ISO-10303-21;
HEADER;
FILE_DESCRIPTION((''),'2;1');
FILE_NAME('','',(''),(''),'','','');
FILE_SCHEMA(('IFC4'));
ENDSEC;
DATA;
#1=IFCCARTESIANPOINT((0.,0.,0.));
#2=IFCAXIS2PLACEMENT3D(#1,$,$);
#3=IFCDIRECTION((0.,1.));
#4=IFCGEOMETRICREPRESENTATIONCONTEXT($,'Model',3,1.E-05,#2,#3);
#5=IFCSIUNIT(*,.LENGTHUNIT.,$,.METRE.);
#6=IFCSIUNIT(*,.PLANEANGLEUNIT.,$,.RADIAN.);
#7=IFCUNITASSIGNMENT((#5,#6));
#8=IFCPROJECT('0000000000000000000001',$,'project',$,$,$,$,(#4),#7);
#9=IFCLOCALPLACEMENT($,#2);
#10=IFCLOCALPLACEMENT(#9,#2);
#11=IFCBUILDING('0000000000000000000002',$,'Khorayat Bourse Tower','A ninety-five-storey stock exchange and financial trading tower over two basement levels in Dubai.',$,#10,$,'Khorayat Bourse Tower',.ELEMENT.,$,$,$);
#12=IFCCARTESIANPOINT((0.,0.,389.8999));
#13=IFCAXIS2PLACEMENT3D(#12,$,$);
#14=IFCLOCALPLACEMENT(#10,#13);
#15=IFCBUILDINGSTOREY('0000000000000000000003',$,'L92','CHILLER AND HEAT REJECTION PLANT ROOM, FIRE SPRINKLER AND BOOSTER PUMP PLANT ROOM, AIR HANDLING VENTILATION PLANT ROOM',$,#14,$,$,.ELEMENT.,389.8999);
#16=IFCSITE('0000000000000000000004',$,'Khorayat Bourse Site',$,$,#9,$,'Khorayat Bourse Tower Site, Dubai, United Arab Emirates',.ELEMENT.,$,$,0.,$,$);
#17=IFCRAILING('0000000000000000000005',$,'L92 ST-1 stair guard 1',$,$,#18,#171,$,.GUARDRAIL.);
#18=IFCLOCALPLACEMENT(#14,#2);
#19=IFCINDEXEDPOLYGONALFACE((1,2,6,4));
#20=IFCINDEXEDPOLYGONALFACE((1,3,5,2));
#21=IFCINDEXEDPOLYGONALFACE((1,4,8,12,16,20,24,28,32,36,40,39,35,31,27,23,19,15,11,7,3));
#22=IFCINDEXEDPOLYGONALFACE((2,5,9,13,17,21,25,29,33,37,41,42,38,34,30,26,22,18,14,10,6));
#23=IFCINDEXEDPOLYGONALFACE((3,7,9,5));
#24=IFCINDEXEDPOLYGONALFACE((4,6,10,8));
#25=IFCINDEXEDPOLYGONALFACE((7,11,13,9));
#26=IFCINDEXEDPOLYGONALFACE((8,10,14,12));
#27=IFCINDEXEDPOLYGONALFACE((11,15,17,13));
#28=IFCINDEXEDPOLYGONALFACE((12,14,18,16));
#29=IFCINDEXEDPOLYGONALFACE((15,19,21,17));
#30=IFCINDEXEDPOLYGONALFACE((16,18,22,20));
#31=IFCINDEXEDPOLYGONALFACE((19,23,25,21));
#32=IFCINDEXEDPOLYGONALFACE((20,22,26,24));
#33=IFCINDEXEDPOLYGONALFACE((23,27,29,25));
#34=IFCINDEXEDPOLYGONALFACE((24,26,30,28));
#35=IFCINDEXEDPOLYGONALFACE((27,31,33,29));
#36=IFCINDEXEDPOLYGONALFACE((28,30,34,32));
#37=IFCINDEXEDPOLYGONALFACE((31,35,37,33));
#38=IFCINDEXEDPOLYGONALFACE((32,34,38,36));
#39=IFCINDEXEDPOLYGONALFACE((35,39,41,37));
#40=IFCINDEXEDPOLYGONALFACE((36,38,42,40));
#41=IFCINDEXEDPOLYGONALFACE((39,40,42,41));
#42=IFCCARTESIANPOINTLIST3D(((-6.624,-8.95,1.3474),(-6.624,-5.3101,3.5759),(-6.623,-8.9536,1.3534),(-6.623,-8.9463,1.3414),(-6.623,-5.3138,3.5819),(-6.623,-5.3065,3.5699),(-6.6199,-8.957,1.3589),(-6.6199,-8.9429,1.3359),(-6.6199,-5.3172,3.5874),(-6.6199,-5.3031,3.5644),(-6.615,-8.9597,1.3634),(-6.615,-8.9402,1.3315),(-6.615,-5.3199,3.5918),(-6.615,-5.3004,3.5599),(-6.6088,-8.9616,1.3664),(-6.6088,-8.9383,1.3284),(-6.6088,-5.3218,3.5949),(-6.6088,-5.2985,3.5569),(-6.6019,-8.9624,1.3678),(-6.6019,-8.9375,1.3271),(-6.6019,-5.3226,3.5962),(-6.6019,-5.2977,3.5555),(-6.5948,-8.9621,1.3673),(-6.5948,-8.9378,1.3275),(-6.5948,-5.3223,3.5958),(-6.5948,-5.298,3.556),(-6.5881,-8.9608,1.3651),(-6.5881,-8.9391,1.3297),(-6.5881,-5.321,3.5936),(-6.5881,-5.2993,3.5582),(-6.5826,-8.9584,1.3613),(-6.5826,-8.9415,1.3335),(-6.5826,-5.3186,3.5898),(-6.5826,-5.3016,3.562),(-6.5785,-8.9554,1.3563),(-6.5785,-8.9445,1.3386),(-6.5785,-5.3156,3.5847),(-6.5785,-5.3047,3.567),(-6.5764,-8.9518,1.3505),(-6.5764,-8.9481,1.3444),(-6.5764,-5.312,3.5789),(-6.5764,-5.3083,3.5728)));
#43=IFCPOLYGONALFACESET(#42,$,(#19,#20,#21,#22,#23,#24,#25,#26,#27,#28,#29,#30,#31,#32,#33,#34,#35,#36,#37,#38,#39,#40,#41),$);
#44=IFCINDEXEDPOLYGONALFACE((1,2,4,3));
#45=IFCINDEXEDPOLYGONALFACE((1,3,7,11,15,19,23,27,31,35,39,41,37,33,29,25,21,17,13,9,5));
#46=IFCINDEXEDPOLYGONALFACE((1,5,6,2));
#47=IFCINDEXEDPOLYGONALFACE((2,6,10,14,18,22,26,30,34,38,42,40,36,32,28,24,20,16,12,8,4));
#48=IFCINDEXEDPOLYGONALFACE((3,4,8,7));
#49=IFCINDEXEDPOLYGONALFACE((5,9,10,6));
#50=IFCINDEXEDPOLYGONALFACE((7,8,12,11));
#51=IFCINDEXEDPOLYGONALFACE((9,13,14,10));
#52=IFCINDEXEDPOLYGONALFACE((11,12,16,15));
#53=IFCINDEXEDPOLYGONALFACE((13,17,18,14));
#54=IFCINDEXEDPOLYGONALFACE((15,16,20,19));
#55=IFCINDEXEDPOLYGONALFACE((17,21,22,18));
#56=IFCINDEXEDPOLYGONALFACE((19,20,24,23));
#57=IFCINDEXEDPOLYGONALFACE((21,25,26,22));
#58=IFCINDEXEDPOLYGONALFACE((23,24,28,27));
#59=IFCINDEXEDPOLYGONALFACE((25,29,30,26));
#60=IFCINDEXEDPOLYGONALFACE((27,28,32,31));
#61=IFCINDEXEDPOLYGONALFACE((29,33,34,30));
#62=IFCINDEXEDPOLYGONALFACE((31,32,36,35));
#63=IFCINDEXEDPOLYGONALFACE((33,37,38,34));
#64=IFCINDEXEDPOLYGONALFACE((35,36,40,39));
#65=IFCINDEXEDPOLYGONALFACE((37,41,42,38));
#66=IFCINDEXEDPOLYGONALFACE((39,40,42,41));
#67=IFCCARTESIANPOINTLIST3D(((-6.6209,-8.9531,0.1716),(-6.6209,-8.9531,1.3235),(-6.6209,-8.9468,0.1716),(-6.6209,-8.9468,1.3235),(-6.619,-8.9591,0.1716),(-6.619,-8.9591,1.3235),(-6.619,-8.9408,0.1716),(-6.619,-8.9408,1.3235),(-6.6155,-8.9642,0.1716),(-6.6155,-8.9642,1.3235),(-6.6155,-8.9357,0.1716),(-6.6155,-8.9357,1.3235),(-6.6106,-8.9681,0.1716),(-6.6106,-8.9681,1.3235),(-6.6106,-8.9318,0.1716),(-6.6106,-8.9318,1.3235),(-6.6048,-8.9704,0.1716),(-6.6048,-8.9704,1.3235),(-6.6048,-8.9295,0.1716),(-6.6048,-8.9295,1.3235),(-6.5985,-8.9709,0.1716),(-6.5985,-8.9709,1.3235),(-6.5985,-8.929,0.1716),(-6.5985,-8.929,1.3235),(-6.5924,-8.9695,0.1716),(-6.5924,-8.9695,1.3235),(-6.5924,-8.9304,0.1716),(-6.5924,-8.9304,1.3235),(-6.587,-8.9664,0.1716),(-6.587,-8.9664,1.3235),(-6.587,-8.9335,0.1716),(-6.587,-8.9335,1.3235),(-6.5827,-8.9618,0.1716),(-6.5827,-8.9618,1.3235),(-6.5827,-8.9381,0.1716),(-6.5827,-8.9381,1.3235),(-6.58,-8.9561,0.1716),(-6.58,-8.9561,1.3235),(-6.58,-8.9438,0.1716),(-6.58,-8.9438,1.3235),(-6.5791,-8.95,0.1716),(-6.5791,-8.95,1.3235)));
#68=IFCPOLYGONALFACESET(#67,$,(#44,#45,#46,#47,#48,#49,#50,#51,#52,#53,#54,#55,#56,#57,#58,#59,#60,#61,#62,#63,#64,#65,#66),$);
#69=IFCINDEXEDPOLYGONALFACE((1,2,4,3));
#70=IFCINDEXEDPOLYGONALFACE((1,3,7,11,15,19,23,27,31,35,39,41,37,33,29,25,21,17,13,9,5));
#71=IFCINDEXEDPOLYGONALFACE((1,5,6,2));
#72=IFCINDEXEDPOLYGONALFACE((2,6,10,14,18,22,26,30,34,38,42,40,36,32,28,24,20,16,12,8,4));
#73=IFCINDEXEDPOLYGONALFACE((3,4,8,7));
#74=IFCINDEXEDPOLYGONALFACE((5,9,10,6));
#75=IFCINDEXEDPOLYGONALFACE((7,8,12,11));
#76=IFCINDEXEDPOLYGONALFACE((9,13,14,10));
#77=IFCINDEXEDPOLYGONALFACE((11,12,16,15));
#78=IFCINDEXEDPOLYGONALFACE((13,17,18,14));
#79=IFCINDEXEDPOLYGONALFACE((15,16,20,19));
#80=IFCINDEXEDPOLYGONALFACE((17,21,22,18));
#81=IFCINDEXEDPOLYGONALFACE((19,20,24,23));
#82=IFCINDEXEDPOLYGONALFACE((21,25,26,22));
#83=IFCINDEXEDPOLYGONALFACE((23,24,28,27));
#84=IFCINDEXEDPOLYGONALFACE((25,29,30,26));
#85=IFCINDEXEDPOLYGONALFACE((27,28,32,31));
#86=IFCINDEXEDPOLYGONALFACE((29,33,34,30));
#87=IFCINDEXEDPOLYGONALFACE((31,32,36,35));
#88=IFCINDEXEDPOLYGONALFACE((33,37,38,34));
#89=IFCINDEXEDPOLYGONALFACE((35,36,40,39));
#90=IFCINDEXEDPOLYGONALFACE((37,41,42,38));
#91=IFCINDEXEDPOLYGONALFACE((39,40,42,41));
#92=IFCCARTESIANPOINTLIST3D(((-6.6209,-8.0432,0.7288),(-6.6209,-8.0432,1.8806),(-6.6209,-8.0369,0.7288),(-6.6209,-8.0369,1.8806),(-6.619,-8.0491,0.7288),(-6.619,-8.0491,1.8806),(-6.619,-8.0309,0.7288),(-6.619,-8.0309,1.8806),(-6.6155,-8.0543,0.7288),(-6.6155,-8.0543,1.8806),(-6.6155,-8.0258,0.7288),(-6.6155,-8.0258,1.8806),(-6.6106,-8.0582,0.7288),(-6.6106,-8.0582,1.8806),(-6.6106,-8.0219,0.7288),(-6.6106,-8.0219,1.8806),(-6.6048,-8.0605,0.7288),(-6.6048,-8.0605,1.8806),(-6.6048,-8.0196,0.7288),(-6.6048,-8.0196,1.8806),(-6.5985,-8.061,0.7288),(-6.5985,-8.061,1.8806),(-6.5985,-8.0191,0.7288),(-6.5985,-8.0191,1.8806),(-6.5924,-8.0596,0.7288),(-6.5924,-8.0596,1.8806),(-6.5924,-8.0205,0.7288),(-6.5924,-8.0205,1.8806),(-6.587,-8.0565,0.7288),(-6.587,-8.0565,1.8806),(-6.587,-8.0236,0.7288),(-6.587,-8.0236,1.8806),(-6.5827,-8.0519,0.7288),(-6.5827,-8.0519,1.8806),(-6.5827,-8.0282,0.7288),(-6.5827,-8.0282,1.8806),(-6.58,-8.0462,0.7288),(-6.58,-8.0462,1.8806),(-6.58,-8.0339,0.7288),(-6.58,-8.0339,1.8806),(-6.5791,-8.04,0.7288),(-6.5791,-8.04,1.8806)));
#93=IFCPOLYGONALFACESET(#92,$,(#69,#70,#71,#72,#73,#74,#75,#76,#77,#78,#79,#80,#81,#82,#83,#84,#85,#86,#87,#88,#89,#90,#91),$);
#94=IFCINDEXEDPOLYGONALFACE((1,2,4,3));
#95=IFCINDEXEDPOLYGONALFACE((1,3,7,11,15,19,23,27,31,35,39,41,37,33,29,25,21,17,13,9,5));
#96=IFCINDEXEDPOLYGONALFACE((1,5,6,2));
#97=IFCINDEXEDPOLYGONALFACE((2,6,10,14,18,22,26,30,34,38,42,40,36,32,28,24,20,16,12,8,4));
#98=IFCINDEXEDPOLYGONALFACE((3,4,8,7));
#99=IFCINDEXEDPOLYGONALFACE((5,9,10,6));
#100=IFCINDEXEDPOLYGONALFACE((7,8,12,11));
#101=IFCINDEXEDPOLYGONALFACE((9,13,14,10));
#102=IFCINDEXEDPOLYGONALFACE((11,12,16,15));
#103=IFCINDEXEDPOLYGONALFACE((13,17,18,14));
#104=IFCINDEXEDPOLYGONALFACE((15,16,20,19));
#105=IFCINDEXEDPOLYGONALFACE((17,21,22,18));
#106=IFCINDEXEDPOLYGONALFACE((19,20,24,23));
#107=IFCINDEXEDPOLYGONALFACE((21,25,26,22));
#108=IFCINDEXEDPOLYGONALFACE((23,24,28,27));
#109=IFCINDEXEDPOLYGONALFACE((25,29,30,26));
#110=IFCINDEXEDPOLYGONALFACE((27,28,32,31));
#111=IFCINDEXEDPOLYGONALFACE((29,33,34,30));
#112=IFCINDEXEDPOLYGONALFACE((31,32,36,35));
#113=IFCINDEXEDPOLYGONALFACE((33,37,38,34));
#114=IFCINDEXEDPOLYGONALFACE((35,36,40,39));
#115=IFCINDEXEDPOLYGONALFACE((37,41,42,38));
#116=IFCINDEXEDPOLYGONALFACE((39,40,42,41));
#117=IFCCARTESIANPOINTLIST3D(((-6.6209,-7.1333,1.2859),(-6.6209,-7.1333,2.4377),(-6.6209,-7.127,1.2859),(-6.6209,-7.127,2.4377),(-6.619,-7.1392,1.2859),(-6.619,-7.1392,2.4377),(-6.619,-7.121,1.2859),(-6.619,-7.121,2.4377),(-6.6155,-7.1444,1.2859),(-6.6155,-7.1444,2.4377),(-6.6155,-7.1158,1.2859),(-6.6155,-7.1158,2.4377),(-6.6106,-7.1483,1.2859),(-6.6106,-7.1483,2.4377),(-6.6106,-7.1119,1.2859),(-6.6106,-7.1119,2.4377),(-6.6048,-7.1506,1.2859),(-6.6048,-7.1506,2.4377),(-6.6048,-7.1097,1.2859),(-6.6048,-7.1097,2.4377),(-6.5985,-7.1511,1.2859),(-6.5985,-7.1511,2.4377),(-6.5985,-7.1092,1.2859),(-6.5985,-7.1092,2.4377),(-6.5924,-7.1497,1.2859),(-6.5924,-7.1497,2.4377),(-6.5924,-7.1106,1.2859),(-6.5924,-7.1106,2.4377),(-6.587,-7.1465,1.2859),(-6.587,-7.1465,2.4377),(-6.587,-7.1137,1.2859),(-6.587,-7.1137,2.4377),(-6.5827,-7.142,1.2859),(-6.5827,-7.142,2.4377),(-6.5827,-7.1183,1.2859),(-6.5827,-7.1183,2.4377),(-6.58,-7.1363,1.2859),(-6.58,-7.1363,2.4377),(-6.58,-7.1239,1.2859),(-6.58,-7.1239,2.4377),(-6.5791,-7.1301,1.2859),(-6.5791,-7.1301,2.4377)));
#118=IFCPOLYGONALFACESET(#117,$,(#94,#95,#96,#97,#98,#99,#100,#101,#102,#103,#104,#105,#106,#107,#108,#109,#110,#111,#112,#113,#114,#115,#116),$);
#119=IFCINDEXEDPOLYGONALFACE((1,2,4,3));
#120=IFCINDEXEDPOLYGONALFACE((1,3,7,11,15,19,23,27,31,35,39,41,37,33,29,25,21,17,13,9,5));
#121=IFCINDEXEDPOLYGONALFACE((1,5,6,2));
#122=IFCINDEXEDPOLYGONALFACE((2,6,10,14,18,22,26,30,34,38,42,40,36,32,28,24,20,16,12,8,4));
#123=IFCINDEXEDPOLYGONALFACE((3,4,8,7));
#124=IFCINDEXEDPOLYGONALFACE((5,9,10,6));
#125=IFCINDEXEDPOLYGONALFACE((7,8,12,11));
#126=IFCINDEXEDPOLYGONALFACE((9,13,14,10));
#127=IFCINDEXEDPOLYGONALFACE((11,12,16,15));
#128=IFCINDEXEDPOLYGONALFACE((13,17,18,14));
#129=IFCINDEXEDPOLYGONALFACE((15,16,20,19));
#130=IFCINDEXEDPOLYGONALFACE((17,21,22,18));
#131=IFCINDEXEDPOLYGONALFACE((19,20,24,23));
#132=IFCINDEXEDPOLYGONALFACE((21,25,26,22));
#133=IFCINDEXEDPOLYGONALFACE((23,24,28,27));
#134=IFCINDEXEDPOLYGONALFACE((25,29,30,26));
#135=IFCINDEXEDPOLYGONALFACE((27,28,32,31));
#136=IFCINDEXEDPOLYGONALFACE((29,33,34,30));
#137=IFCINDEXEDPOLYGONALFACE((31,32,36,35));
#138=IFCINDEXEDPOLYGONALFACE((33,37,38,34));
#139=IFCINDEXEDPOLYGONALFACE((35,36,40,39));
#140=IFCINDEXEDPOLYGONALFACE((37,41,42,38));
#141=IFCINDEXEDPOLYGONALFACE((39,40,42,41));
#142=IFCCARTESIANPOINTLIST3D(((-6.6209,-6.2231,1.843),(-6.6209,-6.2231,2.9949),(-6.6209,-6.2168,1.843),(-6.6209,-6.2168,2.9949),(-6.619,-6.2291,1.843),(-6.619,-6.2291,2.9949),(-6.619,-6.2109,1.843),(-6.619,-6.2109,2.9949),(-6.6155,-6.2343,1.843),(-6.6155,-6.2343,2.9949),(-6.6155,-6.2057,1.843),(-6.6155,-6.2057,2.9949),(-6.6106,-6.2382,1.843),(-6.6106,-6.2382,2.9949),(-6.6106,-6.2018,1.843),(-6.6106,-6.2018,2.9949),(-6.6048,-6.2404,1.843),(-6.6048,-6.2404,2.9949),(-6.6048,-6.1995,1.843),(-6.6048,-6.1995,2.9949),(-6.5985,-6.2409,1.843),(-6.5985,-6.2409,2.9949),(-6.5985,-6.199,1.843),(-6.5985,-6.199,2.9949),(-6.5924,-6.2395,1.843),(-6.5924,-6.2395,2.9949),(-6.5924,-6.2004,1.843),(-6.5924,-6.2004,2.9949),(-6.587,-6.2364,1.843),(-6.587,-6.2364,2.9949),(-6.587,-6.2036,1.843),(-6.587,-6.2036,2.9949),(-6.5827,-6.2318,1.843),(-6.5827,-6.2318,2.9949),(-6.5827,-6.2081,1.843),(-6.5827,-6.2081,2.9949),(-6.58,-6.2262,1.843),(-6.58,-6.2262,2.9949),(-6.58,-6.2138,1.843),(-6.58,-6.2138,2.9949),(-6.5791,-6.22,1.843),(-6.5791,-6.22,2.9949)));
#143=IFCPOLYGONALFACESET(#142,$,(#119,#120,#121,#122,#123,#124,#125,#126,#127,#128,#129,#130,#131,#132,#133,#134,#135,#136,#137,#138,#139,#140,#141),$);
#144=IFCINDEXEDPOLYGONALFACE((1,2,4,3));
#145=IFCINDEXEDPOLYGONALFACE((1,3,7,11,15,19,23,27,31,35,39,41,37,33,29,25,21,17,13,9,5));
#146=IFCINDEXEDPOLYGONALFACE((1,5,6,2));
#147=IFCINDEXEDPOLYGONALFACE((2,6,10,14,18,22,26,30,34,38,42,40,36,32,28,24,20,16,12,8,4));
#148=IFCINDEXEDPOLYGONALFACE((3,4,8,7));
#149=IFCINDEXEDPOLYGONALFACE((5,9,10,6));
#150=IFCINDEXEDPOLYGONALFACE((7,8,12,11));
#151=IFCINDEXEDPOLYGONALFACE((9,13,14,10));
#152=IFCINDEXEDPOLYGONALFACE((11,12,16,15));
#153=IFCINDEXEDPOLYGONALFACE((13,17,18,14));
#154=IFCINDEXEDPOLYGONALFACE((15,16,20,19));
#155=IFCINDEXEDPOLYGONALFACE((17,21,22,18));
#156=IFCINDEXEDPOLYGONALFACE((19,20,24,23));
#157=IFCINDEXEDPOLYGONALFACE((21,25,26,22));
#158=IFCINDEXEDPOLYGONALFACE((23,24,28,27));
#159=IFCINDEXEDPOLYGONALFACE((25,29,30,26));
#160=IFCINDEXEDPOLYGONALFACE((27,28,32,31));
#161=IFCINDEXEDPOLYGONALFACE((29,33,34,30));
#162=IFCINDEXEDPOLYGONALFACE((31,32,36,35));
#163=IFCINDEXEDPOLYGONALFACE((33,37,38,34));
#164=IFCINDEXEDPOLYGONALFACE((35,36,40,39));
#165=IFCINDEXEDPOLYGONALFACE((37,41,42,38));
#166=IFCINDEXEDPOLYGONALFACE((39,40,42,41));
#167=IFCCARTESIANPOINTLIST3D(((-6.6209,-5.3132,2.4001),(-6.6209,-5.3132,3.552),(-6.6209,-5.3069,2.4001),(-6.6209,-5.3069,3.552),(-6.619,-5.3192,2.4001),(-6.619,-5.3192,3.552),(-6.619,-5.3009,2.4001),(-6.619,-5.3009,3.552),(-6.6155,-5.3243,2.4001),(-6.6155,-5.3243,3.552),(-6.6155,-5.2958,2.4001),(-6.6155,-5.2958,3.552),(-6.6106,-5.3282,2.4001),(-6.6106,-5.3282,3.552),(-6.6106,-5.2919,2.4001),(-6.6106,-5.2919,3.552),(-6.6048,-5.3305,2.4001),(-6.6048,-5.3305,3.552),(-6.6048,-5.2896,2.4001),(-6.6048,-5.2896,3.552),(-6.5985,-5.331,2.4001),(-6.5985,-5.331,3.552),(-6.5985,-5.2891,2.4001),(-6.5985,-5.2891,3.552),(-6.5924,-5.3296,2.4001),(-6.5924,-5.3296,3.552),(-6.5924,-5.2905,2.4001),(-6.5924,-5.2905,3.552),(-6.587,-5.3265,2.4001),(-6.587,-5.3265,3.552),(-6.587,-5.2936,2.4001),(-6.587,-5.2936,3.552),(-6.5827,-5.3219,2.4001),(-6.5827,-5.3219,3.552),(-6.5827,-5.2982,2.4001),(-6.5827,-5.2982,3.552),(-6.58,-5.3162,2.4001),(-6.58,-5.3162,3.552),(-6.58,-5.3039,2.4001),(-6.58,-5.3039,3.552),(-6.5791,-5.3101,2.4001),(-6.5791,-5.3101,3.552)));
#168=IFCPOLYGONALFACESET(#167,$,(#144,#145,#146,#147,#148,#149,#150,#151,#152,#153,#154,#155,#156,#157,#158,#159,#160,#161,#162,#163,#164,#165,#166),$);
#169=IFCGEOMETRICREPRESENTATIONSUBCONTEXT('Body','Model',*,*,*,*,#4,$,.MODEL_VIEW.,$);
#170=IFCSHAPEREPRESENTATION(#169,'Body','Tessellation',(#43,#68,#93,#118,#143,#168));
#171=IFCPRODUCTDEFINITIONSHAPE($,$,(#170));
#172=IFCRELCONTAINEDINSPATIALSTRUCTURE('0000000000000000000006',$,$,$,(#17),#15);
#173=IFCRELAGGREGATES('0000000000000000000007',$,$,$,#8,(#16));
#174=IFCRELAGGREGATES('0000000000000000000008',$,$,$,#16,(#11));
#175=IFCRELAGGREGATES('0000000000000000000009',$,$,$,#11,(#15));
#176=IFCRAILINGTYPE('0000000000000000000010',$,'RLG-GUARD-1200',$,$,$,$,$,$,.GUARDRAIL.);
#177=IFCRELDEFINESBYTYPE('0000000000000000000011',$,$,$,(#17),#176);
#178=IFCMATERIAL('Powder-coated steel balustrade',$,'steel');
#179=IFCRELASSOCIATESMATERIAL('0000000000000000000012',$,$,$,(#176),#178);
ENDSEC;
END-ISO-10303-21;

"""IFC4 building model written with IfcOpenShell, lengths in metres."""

from ifc_helpers import new_model, si_unit, direction, frame, origin, origin_2d, place, context, subcontext, project, spatial, circle, extrude, source, transform, mapped, material, type_object, element, save


model = new_model("IFC4")

# Units and contexts
model_context = context("Model", 3, precision=1e-05, world=origin(), true_north=direction((0.0, 1.0)))
body_context = subcontext(model_context, "Body", "Model", "MODEL_VIEW")
ifc_project = project(units=[si_unit("LENGTHUNIT", "METRE"), si_unit("PLANEANGLEUNIT", "RADIAN")], contexts=[model_context])

# Site, building, storey
site_placement = place(None, origin())
site = spatial("IfcSite", under=ifc_project, at=site_placement, Name="Khorayat Bourse Site", LongName="Khorayat Bourse Tower Site, Dubai, United Arab Emirates", CompositionType="ELEMENT", RefElevation=0.0)
building_placement = place(site_placement, origin())
building = spatial("IfcBuilding", under=site, at=building_placement, Name="Khorayat Bourse Tower", Description="A ninety-five-storey stock exchange and financial trading tower over two basement levels in Dubai.", LongName="Khorayat Bourse Tower", CompositionType="ELEMENT")
storey_placement = place(building_placement, frame((0.0, 0.0, 389.8999)))
storey = spatial("IfcBuildingStorey", under=building, at=storey_placement, Name="L92", Description="CHILLER AND HEAT REJECTION PLANT ROOM, FIRE SPRINKLER AND BOOSTER PUMP PLANT ROOM, AIR HANDLING VENTILATION PLANT ROOM", CompositionType="ELEMENT", Elevation=389.8999)

# Railing
ifc_material_1 = material(Name="Powder-coated steel balustrade", Category="steel")
railing_type_1 = type_object("IfcRailingType", Name="RLG-GUARD-1200", PredefinedType="GUARDRAIL", material=ifc_material_1)
shared_shape_1 = source(origin(), body_context, "Body", "SweptSolid", [
    extrude(circle(Radius=0.0239, at=origin_2d()), frame((0.0, 0.0, 1.1758), z_axis=(0.0, 0.85285, 0.522156), x_axis=(-1.0, 0.0, 0.0)), (0.0, 0.0, 1.0), 4.2678),
    extrude(circle(Radius=0.021, at=origin_2d()), origin(), (0.0, 0.0, 1.0), 1.1519),
    extrude(circle(Radius=0.021, at=origin_2d()), frame((0.0, 0.9099, 0.5571)), (0.0, 0.0, 1.0), 1.1519),
    extrude(circle(Radius=0.021, at=origin_2d()), frame((0.0, 1.8198, 1.1143)), (0.0, 0.0, 1.0), 1.1519),
    extrude(circle(Radius=0.021, at=origin_2d()), frame((0.0, 2.73, 1.6714)), (0.0, 0.0, 1.0), 1.1519),
    extrude(circle(Radius=0.021, at=origin_2d()), frame((0.0, 3.6399, 2.2285)), (0.0, 0.0, 1.0), 1.1519),
])
railing_1_placement = place(storey_placement, frame((-6.6001, -8.95, 0.1716)))
element("IfcRailing", 1, at=railing_1_placement, inside=storey, type_object=railing_type_1, Name="L92 ST-1 stair guard 1", PredefinedType="GUARDRAIL", context=body_context, shape_type="MappedRepresentation", body=[
    mapped(shared_shape_1, transform((0.0, 0.0, 0.0), scale=1.0)),
])

save(model, "model.ifc")
